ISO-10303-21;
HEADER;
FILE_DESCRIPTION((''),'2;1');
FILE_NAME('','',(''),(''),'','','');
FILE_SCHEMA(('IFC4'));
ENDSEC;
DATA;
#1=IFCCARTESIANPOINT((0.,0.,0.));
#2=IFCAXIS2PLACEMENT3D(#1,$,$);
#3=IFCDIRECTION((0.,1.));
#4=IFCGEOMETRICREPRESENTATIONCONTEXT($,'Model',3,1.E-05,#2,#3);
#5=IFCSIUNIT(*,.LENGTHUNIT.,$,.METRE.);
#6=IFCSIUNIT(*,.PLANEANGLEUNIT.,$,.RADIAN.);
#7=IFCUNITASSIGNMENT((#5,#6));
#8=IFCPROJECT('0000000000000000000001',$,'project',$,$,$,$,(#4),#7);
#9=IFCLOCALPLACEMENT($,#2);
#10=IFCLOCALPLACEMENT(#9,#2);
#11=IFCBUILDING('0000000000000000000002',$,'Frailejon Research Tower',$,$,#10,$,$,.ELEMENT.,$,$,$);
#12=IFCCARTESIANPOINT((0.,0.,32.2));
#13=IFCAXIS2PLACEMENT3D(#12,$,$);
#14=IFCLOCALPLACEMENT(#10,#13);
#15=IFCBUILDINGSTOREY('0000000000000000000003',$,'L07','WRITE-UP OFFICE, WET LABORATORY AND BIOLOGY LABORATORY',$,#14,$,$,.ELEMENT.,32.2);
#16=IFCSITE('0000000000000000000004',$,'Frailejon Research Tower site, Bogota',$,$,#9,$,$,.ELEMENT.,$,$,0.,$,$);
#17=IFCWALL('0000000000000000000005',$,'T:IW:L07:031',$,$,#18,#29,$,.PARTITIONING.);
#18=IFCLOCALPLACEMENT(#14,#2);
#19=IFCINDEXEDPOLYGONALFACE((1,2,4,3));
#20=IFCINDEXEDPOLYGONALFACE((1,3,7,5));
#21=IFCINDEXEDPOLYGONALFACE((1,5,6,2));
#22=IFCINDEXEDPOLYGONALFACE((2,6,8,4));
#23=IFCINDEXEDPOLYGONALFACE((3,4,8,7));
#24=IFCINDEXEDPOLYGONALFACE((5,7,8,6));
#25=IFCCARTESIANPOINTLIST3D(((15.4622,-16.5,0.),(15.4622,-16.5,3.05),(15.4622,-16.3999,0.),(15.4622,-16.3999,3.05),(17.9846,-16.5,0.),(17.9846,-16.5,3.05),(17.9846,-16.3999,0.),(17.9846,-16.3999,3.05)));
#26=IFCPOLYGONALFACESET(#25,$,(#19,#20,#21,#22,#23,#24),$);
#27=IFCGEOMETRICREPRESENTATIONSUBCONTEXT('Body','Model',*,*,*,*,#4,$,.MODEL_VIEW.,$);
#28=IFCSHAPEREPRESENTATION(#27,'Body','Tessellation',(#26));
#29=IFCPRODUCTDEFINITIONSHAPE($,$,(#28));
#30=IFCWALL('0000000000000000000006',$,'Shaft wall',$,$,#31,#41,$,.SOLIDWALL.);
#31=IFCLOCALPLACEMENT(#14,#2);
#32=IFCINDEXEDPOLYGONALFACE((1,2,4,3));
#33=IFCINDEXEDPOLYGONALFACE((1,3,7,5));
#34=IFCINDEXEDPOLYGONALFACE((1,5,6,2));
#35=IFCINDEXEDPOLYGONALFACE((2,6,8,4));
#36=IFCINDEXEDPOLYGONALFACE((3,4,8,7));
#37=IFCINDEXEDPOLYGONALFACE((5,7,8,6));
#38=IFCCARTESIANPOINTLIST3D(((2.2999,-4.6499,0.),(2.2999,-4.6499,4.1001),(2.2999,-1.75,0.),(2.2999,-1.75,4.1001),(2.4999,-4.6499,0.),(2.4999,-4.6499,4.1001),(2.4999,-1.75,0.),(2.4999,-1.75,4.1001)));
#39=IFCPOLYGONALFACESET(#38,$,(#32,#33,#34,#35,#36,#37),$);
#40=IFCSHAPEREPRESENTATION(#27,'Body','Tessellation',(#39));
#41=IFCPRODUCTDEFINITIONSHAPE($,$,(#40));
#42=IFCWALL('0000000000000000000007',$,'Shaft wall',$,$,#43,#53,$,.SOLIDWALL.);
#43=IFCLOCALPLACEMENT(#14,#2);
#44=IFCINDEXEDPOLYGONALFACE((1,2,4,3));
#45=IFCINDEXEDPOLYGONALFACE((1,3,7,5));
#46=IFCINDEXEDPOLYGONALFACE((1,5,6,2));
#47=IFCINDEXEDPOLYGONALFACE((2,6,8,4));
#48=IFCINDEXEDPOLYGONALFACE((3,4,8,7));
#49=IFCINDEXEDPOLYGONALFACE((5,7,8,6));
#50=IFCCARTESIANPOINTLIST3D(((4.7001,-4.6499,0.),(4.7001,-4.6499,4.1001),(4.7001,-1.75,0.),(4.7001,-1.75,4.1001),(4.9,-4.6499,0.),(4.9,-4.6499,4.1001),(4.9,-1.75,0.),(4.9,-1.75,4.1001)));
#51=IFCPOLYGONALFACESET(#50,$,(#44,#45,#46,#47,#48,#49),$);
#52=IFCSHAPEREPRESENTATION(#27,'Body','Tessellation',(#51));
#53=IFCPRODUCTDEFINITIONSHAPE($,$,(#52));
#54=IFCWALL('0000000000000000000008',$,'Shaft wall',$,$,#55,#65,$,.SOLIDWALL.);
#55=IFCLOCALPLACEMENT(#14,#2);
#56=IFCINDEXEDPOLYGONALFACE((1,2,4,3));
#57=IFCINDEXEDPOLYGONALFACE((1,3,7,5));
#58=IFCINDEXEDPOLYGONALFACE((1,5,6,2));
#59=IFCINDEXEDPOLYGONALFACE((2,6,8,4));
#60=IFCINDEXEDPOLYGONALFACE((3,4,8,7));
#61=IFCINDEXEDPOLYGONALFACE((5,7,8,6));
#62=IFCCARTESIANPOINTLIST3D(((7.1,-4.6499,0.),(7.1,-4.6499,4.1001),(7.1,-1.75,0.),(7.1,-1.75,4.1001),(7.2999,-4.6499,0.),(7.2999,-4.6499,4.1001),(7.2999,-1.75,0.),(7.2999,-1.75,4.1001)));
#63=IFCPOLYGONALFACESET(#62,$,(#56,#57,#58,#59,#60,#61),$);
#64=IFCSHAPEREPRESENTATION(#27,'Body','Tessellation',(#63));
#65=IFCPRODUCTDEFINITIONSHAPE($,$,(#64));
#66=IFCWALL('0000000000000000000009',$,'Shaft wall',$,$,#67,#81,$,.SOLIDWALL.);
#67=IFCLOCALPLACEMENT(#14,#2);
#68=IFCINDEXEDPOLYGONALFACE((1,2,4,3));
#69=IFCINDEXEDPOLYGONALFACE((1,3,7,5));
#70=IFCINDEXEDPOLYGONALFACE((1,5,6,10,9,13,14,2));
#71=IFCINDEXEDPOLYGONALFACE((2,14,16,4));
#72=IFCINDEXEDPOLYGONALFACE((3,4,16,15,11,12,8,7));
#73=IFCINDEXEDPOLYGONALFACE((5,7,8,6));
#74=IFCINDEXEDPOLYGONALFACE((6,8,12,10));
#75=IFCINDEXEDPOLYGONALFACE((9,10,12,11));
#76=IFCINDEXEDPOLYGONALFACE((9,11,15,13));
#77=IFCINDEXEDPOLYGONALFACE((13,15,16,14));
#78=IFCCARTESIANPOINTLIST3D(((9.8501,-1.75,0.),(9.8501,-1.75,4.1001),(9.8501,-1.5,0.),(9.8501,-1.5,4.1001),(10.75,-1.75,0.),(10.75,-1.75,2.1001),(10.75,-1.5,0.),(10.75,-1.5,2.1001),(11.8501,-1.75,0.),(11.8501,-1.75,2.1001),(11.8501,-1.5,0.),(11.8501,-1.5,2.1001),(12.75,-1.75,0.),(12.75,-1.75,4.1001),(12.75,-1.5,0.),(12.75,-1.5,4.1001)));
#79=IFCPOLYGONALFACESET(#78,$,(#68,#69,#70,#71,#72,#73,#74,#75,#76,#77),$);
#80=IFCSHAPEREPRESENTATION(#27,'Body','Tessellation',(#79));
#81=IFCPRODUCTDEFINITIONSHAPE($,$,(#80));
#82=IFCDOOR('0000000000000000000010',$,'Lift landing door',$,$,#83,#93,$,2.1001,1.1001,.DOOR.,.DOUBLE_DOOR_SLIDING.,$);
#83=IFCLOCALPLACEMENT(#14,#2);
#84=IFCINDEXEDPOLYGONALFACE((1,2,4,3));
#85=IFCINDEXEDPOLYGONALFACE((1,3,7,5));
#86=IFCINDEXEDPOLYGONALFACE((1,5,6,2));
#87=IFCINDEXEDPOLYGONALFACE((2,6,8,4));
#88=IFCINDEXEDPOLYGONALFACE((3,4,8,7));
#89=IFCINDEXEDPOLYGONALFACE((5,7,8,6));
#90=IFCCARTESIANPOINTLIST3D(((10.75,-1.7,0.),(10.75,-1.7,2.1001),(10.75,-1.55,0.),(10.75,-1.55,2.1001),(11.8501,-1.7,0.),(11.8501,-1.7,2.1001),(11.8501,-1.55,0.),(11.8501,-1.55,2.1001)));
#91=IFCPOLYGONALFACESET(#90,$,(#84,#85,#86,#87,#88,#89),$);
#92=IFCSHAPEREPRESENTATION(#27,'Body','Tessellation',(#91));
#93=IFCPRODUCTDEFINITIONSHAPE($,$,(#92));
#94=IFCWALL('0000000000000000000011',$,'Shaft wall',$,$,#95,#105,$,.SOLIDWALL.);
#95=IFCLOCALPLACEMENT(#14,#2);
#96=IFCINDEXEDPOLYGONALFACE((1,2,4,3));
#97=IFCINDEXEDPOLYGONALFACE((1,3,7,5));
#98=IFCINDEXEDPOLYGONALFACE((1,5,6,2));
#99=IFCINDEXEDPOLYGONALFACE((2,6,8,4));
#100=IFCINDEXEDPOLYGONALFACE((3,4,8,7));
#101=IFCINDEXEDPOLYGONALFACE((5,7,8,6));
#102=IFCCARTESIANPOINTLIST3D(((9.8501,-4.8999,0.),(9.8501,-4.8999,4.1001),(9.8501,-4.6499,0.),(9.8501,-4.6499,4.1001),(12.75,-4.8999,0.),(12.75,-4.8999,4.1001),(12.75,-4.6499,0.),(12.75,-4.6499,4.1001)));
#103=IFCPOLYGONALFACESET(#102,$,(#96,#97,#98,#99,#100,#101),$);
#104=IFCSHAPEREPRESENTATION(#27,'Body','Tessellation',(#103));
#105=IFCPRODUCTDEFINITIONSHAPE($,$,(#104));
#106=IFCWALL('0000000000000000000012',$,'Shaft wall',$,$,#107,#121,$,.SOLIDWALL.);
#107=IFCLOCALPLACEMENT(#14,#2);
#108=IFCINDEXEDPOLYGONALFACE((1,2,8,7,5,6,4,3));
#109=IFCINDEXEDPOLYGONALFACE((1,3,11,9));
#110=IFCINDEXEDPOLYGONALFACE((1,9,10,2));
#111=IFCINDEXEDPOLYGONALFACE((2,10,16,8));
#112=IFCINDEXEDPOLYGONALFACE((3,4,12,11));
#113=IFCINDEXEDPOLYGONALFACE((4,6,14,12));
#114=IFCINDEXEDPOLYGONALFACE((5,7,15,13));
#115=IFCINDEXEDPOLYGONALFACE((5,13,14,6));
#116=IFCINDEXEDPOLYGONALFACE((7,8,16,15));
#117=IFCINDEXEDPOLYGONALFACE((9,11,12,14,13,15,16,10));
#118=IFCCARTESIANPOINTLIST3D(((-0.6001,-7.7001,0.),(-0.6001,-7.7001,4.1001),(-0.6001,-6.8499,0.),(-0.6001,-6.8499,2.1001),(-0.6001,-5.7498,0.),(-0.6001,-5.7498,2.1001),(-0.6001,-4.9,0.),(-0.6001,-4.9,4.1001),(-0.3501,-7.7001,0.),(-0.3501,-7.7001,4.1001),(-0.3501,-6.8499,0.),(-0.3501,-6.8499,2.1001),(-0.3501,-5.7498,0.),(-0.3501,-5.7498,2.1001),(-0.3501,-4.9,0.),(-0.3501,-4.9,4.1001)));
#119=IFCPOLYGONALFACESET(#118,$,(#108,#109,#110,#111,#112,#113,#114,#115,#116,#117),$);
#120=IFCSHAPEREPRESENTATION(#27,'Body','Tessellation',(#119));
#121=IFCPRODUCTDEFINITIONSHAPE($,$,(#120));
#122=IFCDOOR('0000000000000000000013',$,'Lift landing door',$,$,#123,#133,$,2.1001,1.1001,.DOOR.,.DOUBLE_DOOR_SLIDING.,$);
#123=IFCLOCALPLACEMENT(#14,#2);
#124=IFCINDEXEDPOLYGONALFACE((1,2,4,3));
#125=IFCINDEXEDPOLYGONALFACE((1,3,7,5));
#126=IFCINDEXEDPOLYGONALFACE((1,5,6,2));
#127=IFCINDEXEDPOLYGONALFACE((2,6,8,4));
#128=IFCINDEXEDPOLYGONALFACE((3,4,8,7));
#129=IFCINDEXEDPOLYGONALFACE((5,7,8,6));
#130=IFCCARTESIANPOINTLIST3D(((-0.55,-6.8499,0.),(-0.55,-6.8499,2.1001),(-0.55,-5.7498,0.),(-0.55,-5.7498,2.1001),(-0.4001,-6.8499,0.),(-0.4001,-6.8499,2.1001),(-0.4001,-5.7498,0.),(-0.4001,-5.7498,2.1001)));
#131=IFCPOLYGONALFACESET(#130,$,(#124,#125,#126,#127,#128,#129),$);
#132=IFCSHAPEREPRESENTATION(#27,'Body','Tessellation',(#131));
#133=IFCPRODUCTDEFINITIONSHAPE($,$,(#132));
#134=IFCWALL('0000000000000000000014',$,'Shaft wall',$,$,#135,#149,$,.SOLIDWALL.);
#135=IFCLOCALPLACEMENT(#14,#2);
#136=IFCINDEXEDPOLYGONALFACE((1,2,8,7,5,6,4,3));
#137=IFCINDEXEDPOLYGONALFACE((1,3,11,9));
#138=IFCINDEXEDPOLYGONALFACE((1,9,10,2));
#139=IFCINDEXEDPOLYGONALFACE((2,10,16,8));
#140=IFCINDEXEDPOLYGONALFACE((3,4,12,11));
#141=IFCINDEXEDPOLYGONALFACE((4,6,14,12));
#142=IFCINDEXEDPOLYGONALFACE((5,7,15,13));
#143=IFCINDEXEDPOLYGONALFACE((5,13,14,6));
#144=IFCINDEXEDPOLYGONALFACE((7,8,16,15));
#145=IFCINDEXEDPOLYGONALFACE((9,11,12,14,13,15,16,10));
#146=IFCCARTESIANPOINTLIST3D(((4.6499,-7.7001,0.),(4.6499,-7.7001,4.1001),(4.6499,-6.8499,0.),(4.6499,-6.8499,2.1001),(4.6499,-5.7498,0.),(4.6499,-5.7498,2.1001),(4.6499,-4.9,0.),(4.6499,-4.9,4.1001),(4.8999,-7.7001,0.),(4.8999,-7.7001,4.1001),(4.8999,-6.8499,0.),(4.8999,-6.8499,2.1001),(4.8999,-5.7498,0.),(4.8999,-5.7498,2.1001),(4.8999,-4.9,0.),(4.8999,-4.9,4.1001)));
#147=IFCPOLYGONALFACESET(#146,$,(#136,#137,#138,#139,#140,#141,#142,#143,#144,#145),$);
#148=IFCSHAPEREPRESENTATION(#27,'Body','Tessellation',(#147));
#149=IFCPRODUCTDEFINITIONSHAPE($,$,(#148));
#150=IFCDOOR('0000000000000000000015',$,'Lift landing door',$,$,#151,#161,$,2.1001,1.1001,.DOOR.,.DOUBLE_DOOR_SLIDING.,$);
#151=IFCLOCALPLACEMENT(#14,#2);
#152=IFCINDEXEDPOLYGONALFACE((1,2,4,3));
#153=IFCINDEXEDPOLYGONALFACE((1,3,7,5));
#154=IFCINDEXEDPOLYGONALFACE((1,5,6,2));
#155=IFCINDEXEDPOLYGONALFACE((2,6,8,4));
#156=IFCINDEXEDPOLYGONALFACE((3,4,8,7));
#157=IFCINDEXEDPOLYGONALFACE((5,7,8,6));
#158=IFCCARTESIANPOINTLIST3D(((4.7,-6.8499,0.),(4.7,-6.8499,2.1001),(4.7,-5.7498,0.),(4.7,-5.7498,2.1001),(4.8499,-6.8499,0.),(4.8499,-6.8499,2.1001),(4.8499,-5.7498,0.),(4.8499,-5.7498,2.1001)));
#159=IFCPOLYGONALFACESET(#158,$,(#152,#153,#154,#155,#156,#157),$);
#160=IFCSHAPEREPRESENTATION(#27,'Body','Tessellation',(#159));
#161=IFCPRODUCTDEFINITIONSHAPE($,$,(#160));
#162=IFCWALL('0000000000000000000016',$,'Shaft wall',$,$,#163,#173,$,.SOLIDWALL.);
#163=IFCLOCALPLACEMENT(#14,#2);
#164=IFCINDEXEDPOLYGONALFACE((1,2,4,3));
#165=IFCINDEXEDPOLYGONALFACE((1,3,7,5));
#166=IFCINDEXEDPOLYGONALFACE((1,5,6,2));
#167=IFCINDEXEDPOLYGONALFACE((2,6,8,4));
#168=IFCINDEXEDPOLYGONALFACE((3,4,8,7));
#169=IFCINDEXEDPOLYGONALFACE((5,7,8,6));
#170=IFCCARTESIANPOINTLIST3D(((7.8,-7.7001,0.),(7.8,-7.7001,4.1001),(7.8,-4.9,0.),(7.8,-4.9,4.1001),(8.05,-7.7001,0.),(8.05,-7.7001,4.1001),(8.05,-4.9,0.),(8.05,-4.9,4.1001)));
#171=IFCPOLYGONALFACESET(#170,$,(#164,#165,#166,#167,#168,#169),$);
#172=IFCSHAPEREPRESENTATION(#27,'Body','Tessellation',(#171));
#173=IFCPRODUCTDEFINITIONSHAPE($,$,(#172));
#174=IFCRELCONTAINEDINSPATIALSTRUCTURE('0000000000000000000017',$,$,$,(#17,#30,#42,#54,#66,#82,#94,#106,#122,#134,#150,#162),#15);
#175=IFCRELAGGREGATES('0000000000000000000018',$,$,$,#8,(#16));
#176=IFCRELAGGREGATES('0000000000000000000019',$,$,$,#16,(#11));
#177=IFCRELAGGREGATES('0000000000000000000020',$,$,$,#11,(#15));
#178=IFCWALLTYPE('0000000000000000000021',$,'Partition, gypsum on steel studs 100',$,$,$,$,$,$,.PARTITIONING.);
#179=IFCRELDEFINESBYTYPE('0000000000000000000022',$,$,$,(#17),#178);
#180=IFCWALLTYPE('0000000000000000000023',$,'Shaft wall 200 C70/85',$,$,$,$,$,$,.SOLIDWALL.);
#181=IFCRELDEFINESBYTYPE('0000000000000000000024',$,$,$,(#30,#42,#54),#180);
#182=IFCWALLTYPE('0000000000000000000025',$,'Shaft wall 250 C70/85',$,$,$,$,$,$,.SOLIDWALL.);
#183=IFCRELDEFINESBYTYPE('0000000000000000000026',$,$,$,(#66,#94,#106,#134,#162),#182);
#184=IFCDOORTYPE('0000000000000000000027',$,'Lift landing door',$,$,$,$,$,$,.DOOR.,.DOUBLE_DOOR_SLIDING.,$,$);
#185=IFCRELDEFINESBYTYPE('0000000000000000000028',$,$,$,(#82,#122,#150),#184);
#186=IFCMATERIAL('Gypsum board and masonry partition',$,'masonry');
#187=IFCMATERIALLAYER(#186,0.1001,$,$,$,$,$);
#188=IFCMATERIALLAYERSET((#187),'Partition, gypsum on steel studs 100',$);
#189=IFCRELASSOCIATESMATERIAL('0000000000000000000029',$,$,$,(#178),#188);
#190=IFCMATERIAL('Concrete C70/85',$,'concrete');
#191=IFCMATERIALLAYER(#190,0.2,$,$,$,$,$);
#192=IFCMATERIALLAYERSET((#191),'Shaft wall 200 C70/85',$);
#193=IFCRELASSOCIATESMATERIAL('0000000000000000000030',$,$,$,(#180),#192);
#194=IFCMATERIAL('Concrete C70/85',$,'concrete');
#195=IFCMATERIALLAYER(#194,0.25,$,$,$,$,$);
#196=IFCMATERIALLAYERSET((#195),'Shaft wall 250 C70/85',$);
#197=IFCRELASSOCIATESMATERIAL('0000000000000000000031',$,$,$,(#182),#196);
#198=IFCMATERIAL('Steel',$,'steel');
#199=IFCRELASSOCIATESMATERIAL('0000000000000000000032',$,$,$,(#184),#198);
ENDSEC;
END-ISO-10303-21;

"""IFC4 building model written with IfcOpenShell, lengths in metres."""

from ifc_helpers import new_model, si_unit, direction, frame, frame_2d, origin, place, context, subcontext, project, spatial, rectangle, extrude, material, layer, layer_set, type_object, element, fill, save


model = new_model("IFC4")

# Units and contexts
model_context = context("Model", 3, precision=1e-05, world=origin(), true_north=direction((0.0, 1.0)))
body_context = subcontext(model_context, "Body", "Model", "MODEL_VIEW")
ifc_project = project(units=[si_unit("LENGTHUNIT", "METRE"), si_unit("PLANEANGLEUNIT", "RADIAN")], contexts=[model_context])

# Site, building, storey
site_placement = place(None, origin())
site = spatial("IfcSite", under=ifc_project, at=site_placement, Name="Frailejon Research Tower site, Bogota", CompositionType="ELEMENT", RefElevation=0.0)
building_placement = place(site_placement, origin())
building = spatial("IfcBuilding", under=site, at=building_placement, Name="Frailejon Research Tower", CompositionType="ELEMENT")
storey_placement = place(building_placement, frame((0.0, 0.0, 32.2)))
storey = spatial("IfcBuildingStorey", under=building, at=storey_placement, Name="L07", Description="WRITE-UP OFFICE, WET LABORATORY AND BIOLOGY LABORATORY", CompositionType="ELEMENT", Elevation=32.2)

# Walls
ifc_material_1 = material(Name="Gypsum board and masonry partition", Category="masonry")
ifc_layer_1 = layer(ifc_material_1, 0.1001)
ifc_layer_set_1 = layer_set([ifc_layer_1], Name="Partition, gypsum on steel studs 100")
wall_type_1 = type_object("IfcWallType", Name="Partition, gypsum on steel studs 100", PredefinedType="PARTITIONING", material=ifc_layer_set_1)
wall_1_placement = place(storey_placement, frame((15.4622, -16.45, 0.0), z_axis=(0.0, 0.0, 1.0), x_axis=(1.0, 0.0, 0.0)))
element("IfcWall", 1, at=wall_1_placement, inside=storey, type_object=wall_type_1, Name="T:IW:L07:031", PredefinedType="PARTITIONING", context=body_context, shape_type="SweptSolid", body=[
    extrude(rectangle(XDim=2.5225, YDim=0.1001, at=frame_2d((1.2612, 0.0))), origin(), (0.0, 0.0, 1.0), 3.05),
])
ifc_material_2 = material(Name="Concrete C70/85", Category="concrete")
ifc_layer_2 = layer(ifc_material_2, 0.2)
ifc_layer_set_2 = layer_set([ifc_layer_2], Name="Shaft wall 200 C70/85")
wall_type_2 = type_object("IfcWallType", Name="Shaft wall 200 C70/85", PredefinedType="SOLIDWALL", material=ifc_layer_set_2)
for number, where, z_axis, x_axis, name in (
    (2, (2.3999, -4.6499, 0.0), (0.0, 0.0, 1.0), (0.0, 1.0, 0.0), "Shaft wall"),
    (3, (4.8, -4.6499, 0.0), (0.0, 0.0, 1.0), (0.0, 1.0, 0.0), "Shaft wall"),
    (4, (7.2, -4.6499, 0.0), (0.0, 0.0, 1.0), (0.0, 1.0, 0.0), "Shaft wall"),
):
    element("IfcWall", number, at=place(storey_placement, frame(where, z_axis=z_axis, x_axis=x_axis)), inside=storey, type_object=wall_type_2, Name=name, PredefinedType="SOLIDWALL", context=body_context, shape_type="SweptSolid", body=[
        extrude(rectangle(XDim=2.8999, YDim=0.2, at=frame_2d((1.45, 0.0))), origin(), (0.0, 0.0, 1.0), 4.1001),
    ])

# Wall, opening, door
ifc_material_3 = material(Name="Concrete C70/85", Category="concrete")
ifc_layer_3 = layer(ifc_material_3, 0.25)
ifc_layer_set_3 = layer_set([ifc_layer_3], Name="Shaft wall 250 C70/85")
wall_type_3 = type_object("IfcWallType", Name="Shaft wall 250 C70/85", PredefinedType="SOLIDWALL", material=ifc_layer_set_3)
wall_2_placement = place(storey_placement, frame((9.8501, -1.625, 0.0), z_axis=(0.0, 0.0, 1.0), x_axis=(1.0, 0.0, 0.0)))
wall_2 = element("IfcWall", 5, at=wall_2_placement, inside=storey, type_object=wall_type_3, Name="Shaft wall", PredefinedType="SOLIDWALL", context=body_context, shape_type="SweptSolid", body=[
    extrude(rectangle(XDim=2.8999, YDim=0.25, at=frame_2d((1.45, 0.0))), origin(), (0.0, 0.0, 1.0), 4.1001),
])
opening_1_placement = place(wall_2_placement, frame((0.8999, 0.0, 0.0)))
opening_1 = element("IfcOpeningElement", 6, at=opening_1_placement, cuts=wall_2, PredefinedType="OPENING", context=body_context, shape_type="SweptSolid", body=[
    extrude(rectangle(XDim=1.1001, YDim=2.1001, at=frame_2d((0.55, 1.05))), frame((0.0, 0.135, 0.0), z_axis=(0.0, -1.0, 0.0), x_axis=(1.0, 0.0, 0.0)), (0.0, 0.0, 1.0), 0.27),
])
ifc_material_4 = material(Name="Steel", Category="steel")
door_type_1 = type_object("IfcDoorType", Name="Lift landing door", OperationType="DOUBLE_DOOR_SLIDING", PredefinedType="DOOR", material=ifc_material_4)
door_1_placement = place(opening_1_placement, origin())
door_1 = element("IfcDoor", 7, at=door_1_placement, inside=storey, type_object=door_type_1, Name="Lift landing door", OperationType="DOUBLE_DOOR_SLIDING", OverallHeight=2.1001, OverallWidth=1.1001, PredefinedType="DOOR", context=body_context, shape_type="SweptSolid", body=[
    extrude(rectangle(XDim=1.1001, YDim=2.1001, at=frame_2d((0.55, 1.05))), frame((0.0, 0.075, 0.0), z_axis=(0.0, -1.0, 0.0), x_axis=(1.0, 0.0, 0.0)), (0.0, 0.0, 1.0), 0.1499),
])
fill(opening_1, door_1)

# Wall
wall_3_placement = place(storey_placement, frame((9.8501, -4.7749, 0.0), z_axis=(0.0, 0.0, 1.0), x_axis=(1.0, 0.0, 0.0)))
element("IfcWall", 8, at=wall_3_placement, inside=storey, type_object=wall_type_3, Name="Shaft wall", PredefinedType="SOLIDWALL", context=body_context, shape_type="SweptSolid", body=[
    extrude(rectangle(XDim=2.8999, YDim=0.25, at=frame_2d((1.45, 0.0))), origin(), (0.0, 0.0, 1.0), 4.1001),
])

# Walls, openings, doors
wall_4_placement = place(storey_placement, frame((-0.4751, -7.7, 0.0), z_axis=(0.0, 0.0, 1.0), x_axis=(0.0, 1.0, 0.0)))
wall_4 = element("IfcWall", 9, at=wall_4_placement, inside=storey, type_object=wall_type_3, Name="Shaft wall", PredefinedType="SOLIDWALL", context=body_context, shape_type="SweptSolid", body=[
    extrude(rectangle(XDim=2.8, YDim=0.25, at=frame_2d((1.3999, 0.0))), origin(), (0.0, 0.0, 1.0), 4.1001),
])
opening_2_placement = place(wall_4_placement, frame((0.8501, 0.0, 0.0)))
opening_2 = element("IfcOpeningElement", 10, at=opening_2_placement, cuts=wall_4, PredefinedType="OPENING", context=body_context, shape_type="SweptSolid", body=[
    extrude(rectangle(XDim=1.1001, YDim=2.1001, at=frame_2d((0.55, 1.05))), frame((0.0, 0.135, 0.0), z_axis=(0.0, -1.0, 0.0), x_axis=(1.0, 0.0, 0.0)), (0.0, 0.0, 1.0), 0.27),
])
door_2_placement = place(opening_2_placement, origin())
door_2 = element("IfcDoor", 11, at=door_2_placement, inside=storey, type_object=door_type_1, Name="Lift landing door", OperationType="DOUBLE_DOOR_SLIDING", OverallHeight=2.1001, OverallWidth=1.1001, PredefinedType="DOOR", context=body_context, shape_type="SweptSolid", body=[
    extrude(rectangle(XDim=1.1001, YDim=2.1001, at=frame_2d((0.55, 1.05))), frame((0.0, 0.075, 0.0), z_axis=(0.0, -1.0, 0.0), x_axis=(1.0, 0.0, 0.0)), (0.0, 0.0, 1.0), 0.1499),
])
fill(opening_2, door_2)
wall_5_placement = place(storey_placement, frame((4.7749, -7.7, 0.0), z_axis=(0.0, 0.0, 1.0), x_axis=(0.0, 1.0, 0.0)))
wall_5 = element("IfcWall", 12, at=wall_5_placement, inside=storey, type_object=wall_type_3, Name="Shaft wall", PredefinedType="SOLIDWALL", context=body_context, shape_type="SweptSolid", body=[
    extrude(rectangle(XDim=2.8, YDim=0.25, at=frame_2d((1.3999, 0.0))), origin(), (0.0, 0.0, 1.0), 4.1001),
])
opening_3_placement = place(wall_5_placement, frame((0.8501, 0.0, 0.0)))
opening_3 = element("IfcOpeningElement", 13, at=opening_3_placement, cuts=wall_5, PredefinedType="OPENING", context=body_context, shape_type="SweptSolid", body=[
    extrude(rectangle(XDim=1.1001, YDim=2.1001, at=frame_2d((0.55, 1.05))), frame((0.0, 0.135, 0.0), z_axis=(0.0, -1.0, 0.0), x_axis=(1.0, 0.0, 0.0)), (0.0, 0.0, 1.0), 0.27),
])
door_3_placement = place(opening_3_placement, origin())
door_3 = element("IfcDoor", 14, at=door_3_placement, inside=storey, type_object=door_type_1, Name="Lift landing door", OperationType="DOUBLE_DOOR_SLIDING", OverallHeight=2.1001, OverallWidth=1.1001, PredefinedType="DOOR", context=body_context, shape_type="SweptSolid", body=[
    extrude(rectangle(XDim=1.1001, YDim=2.1001, at=frame_2d((0.55, 1.05))), frame((0.0, 0.075, 0.0), z_axis=(0.0, -1.0, 0.0), x_axis=(1.0, 0.0, 0.0)), (0.0, 0.0, 1.0), 0.1499),
])
fill(opening_3, door_3)

# Wall
wall_6_placement = place(storey_placement, frame((7.925, -7.7, 0.0), z_axis=(0.0, 0.0, 1.0), x_axis=(0.0, 1.0, 0.0)))
element("IfcWall", 15, at=wall_6_placement, inside=storey, type_object=wall_type_3, Name="Shaft wall", PredefinedType="SOLIDWALL", context=body_context, shape_type="SweptSolid", body=[
    extrude(rectangle(XDim=2.8, YDim=0.25, at=frame_2d((1.3999, 0.0))), origin(), (0.0, 0.0, 1.0), 4.1001),
])

save(model, "model.ifc")
